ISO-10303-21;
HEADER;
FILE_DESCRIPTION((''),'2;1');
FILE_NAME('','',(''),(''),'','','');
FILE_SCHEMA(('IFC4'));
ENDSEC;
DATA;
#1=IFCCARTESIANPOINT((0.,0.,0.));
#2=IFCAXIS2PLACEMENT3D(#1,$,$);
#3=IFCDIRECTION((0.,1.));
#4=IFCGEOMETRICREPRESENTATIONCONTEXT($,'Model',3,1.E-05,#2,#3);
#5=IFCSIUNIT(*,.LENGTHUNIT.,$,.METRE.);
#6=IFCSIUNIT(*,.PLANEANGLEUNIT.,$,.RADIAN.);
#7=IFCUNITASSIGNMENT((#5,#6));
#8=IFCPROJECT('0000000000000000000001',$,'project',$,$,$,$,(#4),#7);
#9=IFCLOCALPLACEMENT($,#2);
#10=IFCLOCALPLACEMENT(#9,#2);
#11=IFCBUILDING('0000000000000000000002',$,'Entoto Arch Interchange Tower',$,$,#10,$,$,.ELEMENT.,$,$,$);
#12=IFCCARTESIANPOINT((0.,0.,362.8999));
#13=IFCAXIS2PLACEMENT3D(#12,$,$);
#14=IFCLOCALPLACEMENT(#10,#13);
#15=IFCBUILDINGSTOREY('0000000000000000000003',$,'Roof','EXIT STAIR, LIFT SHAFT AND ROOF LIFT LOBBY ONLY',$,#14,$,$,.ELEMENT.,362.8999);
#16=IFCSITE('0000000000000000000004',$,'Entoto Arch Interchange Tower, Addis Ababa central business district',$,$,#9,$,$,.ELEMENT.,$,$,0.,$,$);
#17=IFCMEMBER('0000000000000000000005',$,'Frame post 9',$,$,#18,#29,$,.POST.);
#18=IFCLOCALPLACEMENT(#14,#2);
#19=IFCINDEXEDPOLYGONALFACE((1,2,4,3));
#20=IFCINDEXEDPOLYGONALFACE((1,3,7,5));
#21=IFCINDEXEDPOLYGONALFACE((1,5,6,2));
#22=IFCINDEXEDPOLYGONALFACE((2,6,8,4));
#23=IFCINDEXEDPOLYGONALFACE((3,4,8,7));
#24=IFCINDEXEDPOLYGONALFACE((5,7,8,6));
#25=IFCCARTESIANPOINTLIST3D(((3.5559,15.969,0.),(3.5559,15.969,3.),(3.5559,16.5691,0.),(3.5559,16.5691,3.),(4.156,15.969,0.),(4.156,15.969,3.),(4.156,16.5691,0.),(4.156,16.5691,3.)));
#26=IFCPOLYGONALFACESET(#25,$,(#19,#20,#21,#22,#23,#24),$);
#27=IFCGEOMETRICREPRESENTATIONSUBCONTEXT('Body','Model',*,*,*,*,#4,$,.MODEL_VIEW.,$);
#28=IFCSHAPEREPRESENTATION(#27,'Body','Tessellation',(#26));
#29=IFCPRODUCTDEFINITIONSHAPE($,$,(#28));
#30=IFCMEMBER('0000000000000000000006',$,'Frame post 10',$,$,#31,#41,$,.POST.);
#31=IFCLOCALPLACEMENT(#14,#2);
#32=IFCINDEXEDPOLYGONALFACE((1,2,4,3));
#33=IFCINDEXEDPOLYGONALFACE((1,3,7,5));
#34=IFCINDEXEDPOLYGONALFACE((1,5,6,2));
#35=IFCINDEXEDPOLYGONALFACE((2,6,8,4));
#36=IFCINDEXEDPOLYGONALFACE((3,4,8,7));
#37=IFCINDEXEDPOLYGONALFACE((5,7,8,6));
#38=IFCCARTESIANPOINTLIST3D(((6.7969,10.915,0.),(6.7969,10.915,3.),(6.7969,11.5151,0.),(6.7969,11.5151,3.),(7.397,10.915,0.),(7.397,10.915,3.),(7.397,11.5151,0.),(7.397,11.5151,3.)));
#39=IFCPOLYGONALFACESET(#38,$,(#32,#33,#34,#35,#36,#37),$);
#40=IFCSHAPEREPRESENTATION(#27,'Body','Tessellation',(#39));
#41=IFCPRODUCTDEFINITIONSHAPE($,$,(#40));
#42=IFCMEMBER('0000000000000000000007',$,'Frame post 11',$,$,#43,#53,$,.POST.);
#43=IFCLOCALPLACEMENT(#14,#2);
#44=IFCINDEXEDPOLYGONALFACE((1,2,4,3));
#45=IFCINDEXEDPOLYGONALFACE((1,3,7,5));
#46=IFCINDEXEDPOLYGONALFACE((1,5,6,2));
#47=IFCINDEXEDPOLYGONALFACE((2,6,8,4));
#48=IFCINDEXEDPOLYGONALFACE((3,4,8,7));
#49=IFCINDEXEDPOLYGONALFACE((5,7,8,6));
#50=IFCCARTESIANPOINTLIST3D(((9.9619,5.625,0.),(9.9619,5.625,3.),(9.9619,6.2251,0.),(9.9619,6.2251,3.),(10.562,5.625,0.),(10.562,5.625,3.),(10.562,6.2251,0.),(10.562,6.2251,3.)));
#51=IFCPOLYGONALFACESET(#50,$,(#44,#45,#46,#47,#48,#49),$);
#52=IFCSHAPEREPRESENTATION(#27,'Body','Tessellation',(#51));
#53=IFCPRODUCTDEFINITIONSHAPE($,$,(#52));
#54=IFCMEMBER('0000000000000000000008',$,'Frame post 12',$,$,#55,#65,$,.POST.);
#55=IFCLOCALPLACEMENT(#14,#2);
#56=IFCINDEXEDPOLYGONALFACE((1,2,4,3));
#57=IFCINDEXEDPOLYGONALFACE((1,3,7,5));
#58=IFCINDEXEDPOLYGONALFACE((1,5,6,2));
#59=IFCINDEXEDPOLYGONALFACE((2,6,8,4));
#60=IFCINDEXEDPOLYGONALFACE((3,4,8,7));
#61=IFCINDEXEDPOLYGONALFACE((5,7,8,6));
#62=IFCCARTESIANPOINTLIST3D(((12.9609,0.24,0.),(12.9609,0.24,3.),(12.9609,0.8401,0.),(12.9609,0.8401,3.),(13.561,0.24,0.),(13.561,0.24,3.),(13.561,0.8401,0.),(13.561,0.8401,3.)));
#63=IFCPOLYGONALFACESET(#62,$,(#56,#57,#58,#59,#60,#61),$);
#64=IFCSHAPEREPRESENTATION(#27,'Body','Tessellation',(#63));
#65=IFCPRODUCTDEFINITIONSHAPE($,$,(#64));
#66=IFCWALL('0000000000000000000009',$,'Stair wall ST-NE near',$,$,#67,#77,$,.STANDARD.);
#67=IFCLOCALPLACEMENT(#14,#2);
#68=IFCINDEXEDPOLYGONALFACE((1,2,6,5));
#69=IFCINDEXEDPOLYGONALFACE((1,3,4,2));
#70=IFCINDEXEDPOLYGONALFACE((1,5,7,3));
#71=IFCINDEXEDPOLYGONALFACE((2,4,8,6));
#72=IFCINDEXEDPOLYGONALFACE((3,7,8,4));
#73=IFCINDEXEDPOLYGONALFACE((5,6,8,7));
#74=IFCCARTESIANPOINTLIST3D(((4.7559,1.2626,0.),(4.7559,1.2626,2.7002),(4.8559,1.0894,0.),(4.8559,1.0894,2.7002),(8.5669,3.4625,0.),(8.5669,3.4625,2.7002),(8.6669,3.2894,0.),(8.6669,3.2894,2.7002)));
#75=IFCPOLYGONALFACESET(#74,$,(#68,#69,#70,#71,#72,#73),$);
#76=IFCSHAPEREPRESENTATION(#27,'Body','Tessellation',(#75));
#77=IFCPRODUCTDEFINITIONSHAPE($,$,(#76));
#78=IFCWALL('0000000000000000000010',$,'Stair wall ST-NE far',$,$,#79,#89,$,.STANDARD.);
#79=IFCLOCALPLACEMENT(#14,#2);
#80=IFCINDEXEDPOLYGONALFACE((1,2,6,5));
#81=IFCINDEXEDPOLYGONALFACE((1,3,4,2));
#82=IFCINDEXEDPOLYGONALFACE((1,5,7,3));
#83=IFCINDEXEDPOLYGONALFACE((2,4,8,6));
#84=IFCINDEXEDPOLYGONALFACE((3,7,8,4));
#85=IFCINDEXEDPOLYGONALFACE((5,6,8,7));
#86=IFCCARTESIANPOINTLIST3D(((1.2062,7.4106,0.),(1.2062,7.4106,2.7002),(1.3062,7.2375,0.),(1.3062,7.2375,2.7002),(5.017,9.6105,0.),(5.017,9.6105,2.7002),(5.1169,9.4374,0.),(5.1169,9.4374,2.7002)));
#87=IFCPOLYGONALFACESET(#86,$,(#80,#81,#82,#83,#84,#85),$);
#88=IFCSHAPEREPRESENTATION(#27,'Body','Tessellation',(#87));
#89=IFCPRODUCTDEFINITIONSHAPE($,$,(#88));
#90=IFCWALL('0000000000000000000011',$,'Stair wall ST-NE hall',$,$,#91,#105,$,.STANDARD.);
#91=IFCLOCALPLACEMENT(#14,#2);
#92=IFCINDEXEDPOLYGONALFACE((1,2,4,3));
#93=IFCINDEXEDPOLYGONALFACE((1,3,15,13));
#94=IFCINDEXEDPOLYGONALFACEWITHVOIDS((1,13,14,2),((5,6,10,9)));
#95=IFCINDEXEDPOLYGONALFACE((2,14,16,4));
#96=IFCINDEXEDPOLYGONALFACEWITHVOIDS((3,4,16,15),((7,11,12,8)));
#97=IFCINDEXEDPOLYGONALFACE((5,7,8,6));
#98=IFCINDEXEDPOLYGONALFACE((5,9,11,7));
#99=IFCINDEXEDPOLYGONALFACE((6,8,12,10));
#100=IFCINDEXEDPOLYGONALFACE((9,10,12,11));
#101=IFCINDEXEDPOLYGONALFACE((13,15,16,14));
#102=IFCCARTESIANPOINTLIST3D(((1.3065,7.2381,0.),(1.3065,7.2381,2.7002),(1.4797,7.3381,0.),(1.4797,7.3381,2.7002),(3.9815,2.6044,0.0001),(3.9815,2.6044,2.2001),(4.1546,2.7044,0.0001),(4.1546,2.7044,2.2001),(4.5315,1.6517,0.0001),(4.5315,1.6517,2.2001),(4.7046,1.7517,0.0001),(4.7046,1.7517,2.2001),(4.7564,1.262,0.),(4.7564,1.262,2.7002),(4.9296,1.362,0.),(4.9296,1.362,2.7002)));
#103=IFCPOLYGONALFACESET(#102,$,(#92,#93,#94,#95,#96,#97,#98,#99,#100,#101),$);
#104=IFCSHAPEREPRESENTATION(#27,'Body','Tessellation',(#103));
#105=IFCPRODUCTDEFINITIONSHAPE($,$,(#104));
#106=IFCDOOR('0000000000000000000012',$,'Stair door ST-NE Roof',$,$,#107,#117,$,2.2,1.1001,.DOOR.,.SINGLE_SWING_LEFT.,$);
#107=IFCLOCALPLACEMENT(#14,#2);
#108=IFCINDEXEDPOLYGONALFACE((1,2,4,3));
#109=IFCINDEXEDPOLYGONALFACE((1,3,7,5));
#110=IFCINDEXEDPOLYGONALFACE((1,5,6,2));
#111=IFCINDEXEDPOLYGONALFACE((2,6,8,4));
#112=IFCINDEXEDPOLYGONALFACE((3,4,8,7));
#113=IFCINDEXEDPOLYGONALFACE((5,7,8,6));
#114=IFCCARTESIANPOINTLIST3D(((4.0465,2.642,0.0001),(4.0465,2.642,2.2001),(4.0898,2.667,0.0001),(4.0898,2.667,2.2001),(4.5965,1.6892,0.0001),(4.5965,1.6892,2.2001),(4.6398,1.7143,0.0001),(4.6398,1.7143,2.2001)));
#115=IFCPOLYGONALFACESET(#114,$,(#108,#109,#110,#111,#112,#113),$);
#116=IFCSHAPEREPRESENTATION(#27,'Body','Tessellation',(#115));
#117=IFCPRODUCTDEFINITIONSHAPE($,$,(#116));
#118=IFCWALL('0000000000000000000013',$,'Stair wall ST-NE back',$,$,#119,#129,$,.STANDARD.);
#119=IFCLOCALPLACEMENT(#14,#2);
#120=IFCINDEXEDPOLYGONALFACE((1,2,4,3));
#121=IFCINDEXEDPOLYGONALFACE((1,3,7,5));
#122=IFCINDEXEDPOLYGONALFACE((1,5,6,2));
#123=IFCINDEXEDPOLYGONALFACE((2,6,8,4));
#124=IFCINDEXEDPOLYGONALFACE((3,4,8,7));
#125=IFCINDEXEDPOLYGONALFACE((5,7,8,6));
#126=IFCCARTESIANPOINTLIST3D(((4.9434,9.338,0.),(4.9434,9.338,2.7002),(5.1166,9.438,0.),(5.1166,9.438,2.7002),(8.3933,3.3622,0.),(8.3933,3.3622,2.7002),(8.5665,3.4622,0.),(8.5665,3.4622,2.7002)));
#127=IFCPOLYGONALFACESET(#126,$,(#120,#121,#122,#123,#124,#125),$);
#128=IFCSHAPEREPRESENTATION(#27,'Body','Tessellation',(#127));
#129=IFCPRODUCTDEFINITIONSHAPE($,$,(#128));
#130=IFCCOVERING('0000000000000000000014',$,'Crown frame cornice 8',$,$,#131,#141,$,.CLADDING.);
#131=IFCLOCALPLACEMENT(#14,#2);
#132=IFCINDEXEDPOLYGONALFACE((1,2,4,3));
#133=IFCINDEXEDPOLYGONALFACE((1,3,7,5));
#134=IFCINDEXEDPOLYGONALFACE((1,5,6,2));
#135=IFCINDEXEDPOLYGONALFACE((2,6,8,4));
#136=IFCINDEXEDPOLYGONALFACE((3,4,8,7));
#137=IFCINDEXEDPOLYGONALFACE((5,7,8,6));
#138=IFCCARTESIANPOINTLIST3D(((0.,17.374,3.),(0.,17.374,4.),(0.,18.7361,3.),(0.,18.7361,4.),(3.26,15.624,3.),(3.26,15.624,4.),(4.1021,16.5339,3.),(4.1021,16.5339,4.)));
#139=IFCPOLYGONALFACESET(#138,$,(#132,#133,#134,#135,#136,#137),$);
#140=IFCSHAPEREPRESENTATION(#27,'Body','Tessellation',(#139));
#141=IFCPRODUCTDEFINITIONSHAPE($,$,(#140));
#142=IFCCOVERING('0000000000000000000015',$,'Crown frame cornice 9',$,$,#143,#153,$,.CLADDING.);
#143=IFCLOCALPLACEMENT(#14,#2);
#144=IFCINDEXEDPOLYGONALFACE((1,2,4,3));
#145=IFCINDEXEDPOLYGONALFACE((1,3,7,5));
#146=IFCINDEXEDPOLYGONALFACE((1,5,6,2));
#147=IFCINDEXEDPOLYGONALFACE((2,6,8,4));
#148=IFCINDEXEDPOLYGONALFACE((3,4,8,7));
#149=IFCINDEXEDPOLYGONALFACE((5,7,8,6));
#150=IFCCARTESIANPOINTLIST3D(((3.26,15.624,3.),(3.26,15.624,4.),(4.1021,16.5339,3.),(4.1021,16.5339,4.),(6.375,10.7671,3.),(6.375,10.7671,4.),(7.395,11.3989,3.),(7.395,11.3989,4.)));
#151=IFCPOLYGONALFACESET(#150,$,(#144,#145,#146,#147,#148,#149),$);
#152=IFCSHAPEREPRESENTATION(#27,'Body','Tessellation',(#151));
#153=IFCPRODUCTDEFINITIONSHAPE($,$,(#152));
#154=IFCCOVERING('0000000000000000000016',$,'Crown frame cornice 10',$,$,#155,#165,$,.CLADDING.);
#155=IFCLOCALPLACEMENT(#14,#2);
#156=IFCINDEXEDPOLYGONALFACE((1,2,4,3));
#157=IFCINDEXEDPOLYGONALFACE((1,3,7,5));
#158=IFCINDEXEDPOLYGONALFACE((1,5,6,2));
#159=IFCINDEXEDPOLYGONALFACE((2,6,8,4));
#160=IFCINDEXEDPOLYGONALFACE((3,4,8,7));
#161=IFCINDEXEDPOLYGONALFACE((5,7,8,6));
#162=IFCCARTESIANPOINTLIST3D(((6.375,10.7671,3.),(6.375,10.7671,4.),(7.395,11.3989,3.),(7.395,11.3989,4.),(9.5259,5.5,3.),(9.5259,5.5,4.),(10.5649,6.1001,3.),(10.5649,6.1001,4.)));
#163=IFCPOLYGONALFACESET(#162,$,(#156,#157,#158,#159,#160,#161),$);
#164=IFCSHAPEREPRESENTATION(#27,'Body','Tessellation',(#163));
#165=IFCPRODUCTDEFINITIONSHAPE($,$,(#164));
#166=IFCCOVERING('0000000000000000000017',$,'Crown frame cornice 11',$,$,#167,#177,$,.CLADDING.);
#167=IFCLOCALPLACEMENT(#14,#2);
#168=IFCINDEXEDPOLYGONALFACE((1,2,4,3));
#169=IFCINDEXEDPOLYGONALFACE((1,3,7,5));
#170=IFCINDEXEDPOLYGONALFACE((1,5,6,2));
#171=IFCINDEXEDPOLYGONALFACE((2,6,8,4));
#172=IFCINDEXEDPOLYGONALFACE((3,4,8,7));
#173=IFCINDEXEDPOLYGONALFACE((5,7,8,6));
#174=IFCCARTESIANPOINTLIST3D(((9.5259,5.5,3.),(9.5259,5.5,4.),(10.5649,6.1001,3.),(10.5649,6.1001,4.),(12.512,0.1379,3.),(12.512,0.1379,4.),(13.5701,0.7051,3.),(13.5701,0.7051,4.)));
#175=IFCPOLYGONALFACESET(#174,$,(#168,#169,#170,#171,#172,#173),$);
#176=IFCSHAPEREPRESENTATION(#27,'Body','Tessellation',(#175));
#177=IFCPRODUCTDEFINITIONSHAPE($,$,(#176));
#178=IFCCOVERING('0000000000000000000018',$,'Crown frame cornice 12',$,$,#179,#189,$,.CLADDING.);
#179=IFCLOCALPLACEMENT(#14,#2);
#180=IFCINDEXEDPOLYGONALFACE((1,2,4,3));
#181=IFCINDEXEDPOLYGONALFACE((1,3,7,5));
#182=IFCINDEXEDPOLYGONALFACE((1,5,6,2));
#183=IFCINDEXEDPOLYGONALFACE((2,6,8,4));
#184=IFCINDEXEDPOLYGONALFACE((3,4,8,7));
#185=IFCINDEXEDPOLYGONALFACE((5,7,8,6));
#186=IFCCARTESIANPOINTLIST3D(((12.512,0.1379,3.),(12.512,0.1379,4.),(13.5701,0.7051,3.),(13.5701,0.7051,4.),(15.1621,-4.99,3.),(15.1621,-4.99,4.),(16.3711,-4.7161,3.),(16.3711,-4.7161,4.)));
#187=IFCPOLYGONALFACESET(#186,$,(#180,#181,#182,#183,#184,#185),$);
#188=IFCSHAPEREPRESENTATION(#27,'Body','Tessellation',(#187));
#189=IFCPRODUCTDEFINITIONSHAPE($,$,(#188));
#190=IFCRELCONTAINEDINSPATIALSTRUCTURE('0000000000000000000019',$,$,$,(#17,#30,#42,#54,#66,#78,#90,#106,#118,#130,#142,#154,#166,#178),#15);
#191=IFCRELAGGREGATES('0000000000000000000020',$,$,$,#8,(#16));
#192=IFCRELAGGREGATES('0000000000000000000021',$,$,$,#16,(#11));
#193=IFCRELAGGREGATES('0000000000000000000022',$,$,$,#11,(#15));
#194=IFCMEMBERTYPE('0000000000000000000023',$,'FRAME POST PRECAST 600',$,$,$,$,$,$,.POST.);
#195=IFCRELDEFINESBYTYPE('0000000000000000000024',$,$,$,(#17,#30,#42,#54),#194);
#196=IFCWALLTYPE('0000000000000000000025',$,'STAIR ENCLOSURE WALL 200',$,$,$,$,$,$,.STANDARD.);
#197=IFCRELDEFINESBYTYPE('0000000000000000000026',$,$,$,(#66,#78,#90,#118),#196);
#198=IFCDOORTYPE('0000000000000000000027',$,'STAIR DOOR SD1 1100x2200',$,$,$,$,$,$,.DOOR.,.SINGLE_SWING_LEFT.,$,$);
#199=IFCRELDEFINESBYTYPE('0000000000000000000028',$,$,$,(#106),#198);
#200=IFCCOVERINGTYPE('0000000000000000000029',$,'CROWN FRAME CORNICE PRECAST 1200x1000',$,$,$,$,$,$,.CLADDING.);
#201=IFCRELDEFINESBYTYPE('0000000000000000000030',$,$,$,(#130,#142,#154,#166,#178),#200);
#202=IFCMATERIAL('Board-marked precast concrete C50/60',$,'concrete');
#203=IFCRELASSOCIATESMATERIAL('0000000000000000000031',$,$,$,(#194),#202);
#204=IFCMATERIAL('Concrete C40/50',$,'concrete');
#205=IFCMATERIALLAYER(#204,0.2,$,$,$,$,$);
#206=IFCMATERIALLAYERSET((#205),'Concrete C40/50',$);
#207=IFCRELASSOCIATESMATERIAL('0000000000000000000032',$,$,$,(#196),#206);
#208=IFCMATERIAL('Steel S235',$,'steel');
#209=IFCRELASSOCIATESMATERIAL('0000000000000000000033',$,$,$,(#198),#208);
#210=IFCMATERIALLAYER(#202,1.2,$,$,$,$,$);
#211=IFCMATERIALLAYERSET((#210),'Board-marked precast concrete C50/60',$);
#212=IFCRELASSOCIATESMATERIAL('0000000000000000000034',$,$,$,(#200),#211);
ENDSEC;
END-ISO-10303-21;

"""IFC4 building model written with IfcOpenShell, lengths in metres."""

from ifc_helpers import new_model, si_unit, direction, frame, frame_2d, origin, origin_2d, place, context, subcontext, project, spatial, polyline, rectangle, outline, extrude, material, layer, layer_set, material_profile, profile_set, type_object, element, fill, save


model = new_model("IFC4")

# Units and contexts
model_context = context("Model", 3, precision=1e-05, world=origin(), true_north=direction((0.0, 1.0)))
body_context = subcontext(model_context, "Body", "Model", "MODEL_VIEW")
ifc_project = project(units=[si_unit("LENGTHUNIT", "METRE"), si_unit("PLANEANGLEUNIT", "RADIAN")], contexts=[model_context])

# Site, building, storey
site_placement = place(None, origin())
site = spatial("IfcSite", under=ifc_project, at=site_placement, Name="Entoto Arch Interchange Tower, Addis Ababa central business district", CompositionType="ELEMENT", RefElevation=0.0)
building_placement = place(site_placement, origin())
building = spatial("IfcBuilding", under=site, at=building_placement, Name="Entoto Arch Interchange Tower", CompositionType="ELEMENT")
storey_placement = place(building_placement, frame((0.0, 0.0, 362.8999)))
storey = spatial("IfcBuildingStorey", under=building, at=storey_placement, Name="Roof", Description="EXIT STAIR, LIFT SHAFT AND ROOF LIFT LOBBY ONLY", CompositionType="ELEMENT", Elevation=362.8999)

# Members
ifc_material_1 = material(Name="Board-marked precast concrete C50/60", Category="concrete")
ifc_material_profile = material_profile(ifc_material_1, rectangle(XDim=0.6001, YDim=0.6001, at=origin_2d()))
ifc_profile_set = profile_set([ifc_material_profile], Name="Board-marked precast concrete C50/60")
member_type = type_object("IfcMemberType", Name="FRAME POST PRECAST 600", PredefinedType="POST", material=ifc_profile_set)
for number, where, z_axis, x_axis, name in (
    (1, (3.856, 16.269, 0.0), (0.0, 0.0, 1.0), (1.0, 0.0, 0.0), "Frame post 9"),
    (2, (7.0969, 11.2151, 0.0), (0.0, 0.0, 1.0), (1.0, 0.0, 0.0), "Frame post 10"),
    (3, (10.262, 5.925, 0.0), (0.0, 0.0, 1.0), (1.0, 0.0, 0.0), "Frame post 11"),
    (4, (13.261, 0.54, 0.0), (0.0, 0.0, 1.0), (1.0, 0.0, 0.0), "Frame post 12"),
):
    element("IfcMember", number, at=place(storey_placement, frame(where, z_axis=z_axis, x_axis=x_axis)), inside=storey, type_object=member_type, Name=name, PredefinedType="POST", context=body_context, shape_type="SweptSolid", body=[
        extrude(rectangle(XDim=0.6001, YDim=0.6001, at=origin_2d()), origin(), (0.0, 0.0, 1.0), 3.0),
    ])

# Walls
ifc_material_2 = material(Name="Concrete C40/50", Category="concrete")
ifc_layer_1 = layer(ifc_material_2, 0.2)
ifc_layer_set_1 = layer_set([ifc_layer_1], Name="Concrete C40/50")
wall_type = type_object("IfcWallType", Name="STAIR ENCLOSURE WALL 200", PredefinedType="STANDARD", material=ifc_layer_set_1)
wall_1_placement = place(storey_placement, frame((4.8059, 1.176, 0.0), z_axis=(0.0, 0.0, 1.0), x_axis=(0.86606, 0.49994, 0.0)))
element("IfcWall", 5, at=wall_1_placement, inside=storey, type_object=wall_type, Name="Stair wall ST-NE near", PredefinedType="STANDARD", context=body_context, shape_type="SweptSolid", body=[
    extrude(rectangle(XDim=4.4004, YDim=0.2, at=frame_2d((2.2002, 0.0))), origin(), (0.0, 0.0, 1.0), 2.7002),
])
wall_2_placement = place(storey_placement, frame((1.2561, 7.324, 0.0), z_axis=(0.0, 0.0, 1.0), x_axis=(0.866046, 0.499964, 0.0)))
element("IfcWall", 6, at=wall_2_placement, inside=storey, type_object=wall_type, Name="Stair wall ST-NE far", PredefinedType="STANDARD", context=body_context, shape_type="SweptSolid", body=[
    extrude(rectangle(XDim=4.4001, YDim=0.2, at=frame_2d((2.2002, 0.0))), origin(), (0.0, 0.0, 1.0), 2.7002),
])

# Wall, opening, door
wall_3_placement = place(storey_placement, frame((4.843, 1.312, 0.0), z_axis=(0.0, 0.0, 1.0), x_axis=(-0.499963, 0.866047, 0.0)))
wall_3 = element("IfcWall", 7, at=wall_3_placement, inside=storey, type_object=wall_type, Name="Stair wall ST-NE hall", PredefinedType="STANDARD", context=body_context, shape_type="SweptSolid", body=[
    extrude(rectangle(XDim=6.9004, YDim=0.2, at=frame_2d((3.4502, 0.0))), origin(), (0.0, 0.0, 1.0), 2.7002),
])
opening_placement = place(wall_3_placement, frame((0.45, 0.0, 0.0)))
opening = element("IfcOpeningElement", 8, at=opening_placement, cuts=wall_3, PredefinedType="OPENING", context=body_context, shape_type="SweptSolid", body=[
    extrude(rectangle(XDim=1.1001, YDim=2.2, at=frame_2d((0.55, 1.1001))), frame((0.0, 0.1099, 0.0), z_axis=(0.0, -1.0, 0.0), x_axis=(1.0, 0.0, 0.0)), (0.0, 0.0, 1.0), 0.22),
])
ifc_material_3 = material(Name="Steel S235", Category="steel")
door_type = type_object("IfcDoorType", Name="STAIR DOOR SD1 1100x2200", OperationType="SINGLE_SWING_LEFT", PredefinedType="DOOR", material=ifc_material_3)
door_placement = place(opening_placement, origin())
door = element("IfcDoor", 9, at=door_placement, inside=storey, type_object=door_type, Name="Stair door ST-NE Roof", OperationType="SINGLE_SWING_LEFT", OverallHeight=2.2, OverallWidth=1.1001, PredefinedType="DOOR", context=body_context, shape_type="SweptSolid", body=[
    extrude(rectangle(XDim=1.1001, YDim=2.2, at=frame_2d((0.55, 1.1001))), frame((0.0, 0.0249, 0.0), z_axis=(0.0, -1.0, 0.0), x_axis=(1.0, 0.0, 0.0)), (0.0, 0.0, 1.0), 0.05),
])
fill(opening, door)

# Wall
wall_4_placement = place(storey_placement, frame((8.48, 3.4121, 0.0), z_axis=(0.0, 0.0, 1.0), x_axis=(-0.499979, 0.866038, 0.0)))
element("IfcWall", 10, at=wall_4_placement, inside=storey, type_object=wall_type, Name="Stair wall ST-NE back", PredefinedType="STANDARD", context=body_context, shape_type="SweptSolid", body=[
    extrude(rectangle(XDim=6.9001, YDim=0.2, at=frame_2d((3.4502, 0.0))), origin(), (0.0, 0.0, 1.0), 2.7002),
])

# Coverings
ifc_layer_2 = layer(ifc_material_1, 1.2)
ifc_layer_set_2 = layer_set([ifc_layer_2], Name="Board-marked precast concrete C50/60")
covering_type = type_object("IfcCoveringType", Name="CROWN FRAME CORNICE PRECAST 1200x1000", PredefinedType="CLADDING", material=ifc_layer_set_2)
covering_1_placement = place(storey_placement, frame((0.0, 0.0, 3.0)))
element("IfcCovering", 11, at=covering_1_placement, inside=storey, type_object=covering_type, Name="Crown frame cornice 8", PredefinedType="CLADDING", context=body_context, shape_type="SweptSolid", body=[
    extrude(outline(polyline([(0.0, 18.7361), (4.1021, 16.5339), (3.26, 15.624), (0.0, 17.374), (0.0, 18.7361)])), origin(), (0.0, 0.0, 1.0), 1.0),
])
covering_2_placement = place(storey_placement, frame((0.0, 0.0, 3.0)))
element("IfcCovering", 12, at=covering_2_placement, inside=storey, type_object=covering_type, Name="Crown frame cornice 9", PredefinedType="CLADDING", context=body_context, shape_type="SweptSolid", body=[
    extrude(outline(polyline([(4.1021, 16.5339), (7.395, 11.3989), (6.375, 10.7671), (3.26, 15.624), (4.1021, 16.5339)])), origin(), (0.0, 0.0, 1.0), 1.0),
])
covering_3_placement = place(storey_placement, frame((0.0, 0.0, 3.0)))
element("IfcCovering", 13, at=covering_3_placement, inside=storey, type_object=covering_type, Name="Crown frame cornice 10", PredefinedType="CLADDING", context=body_context, shape_type="SweptSolid", body=[
    extrude(outline(polyline([(7.395, 11.3989), (10.5649, 6.1001), (9.5259, 5.5), (6.375, 10.7671), (7.395, 11.3989)])), origin(), (0.0, 0.0, 1.0), 1.0),
])
covering_4_placement = place(storey_placement, frame((0.0, 0.0, 3.0)))
element("IfcCovering", 14, at=covering_4_placement, inside=storey, type_object=covering_type, Name="Crown frame cornice 11", PredefinedType="CLADDING", context=body_context, shape_type="SweptSolid", body=[
    extrude(outline(polyline([(10.5649, 6.1001), (13.5701, 0.7051), (12.512, 0.1379), (9.5259, 5.5), (10.5649, 6.1001)])), origin(), (0.0, 0.0, 1.0), 1.0),
])
covering_5_placement = place(storey_placement, frame((0.0, 0.0, 3.0)))
element("IfcCovering", 15, at=covering_5_placement, inside=storey, type_object=covering_type, Name="Crown frame cornice 12", PredefinedType="CLADDING", context=body_context, shape_type="SweptSolid", body=[
    extrude(outline(polyline([(13.5701, 0.7051), (16.3711, -4.7161), (15.1621, -4.99), (12.512, 0.1379), (13.5701, 0.7051)])), origin(), (0.0, 0.0, 1.0), 1.0),
])

save(model, "model.ifc")
